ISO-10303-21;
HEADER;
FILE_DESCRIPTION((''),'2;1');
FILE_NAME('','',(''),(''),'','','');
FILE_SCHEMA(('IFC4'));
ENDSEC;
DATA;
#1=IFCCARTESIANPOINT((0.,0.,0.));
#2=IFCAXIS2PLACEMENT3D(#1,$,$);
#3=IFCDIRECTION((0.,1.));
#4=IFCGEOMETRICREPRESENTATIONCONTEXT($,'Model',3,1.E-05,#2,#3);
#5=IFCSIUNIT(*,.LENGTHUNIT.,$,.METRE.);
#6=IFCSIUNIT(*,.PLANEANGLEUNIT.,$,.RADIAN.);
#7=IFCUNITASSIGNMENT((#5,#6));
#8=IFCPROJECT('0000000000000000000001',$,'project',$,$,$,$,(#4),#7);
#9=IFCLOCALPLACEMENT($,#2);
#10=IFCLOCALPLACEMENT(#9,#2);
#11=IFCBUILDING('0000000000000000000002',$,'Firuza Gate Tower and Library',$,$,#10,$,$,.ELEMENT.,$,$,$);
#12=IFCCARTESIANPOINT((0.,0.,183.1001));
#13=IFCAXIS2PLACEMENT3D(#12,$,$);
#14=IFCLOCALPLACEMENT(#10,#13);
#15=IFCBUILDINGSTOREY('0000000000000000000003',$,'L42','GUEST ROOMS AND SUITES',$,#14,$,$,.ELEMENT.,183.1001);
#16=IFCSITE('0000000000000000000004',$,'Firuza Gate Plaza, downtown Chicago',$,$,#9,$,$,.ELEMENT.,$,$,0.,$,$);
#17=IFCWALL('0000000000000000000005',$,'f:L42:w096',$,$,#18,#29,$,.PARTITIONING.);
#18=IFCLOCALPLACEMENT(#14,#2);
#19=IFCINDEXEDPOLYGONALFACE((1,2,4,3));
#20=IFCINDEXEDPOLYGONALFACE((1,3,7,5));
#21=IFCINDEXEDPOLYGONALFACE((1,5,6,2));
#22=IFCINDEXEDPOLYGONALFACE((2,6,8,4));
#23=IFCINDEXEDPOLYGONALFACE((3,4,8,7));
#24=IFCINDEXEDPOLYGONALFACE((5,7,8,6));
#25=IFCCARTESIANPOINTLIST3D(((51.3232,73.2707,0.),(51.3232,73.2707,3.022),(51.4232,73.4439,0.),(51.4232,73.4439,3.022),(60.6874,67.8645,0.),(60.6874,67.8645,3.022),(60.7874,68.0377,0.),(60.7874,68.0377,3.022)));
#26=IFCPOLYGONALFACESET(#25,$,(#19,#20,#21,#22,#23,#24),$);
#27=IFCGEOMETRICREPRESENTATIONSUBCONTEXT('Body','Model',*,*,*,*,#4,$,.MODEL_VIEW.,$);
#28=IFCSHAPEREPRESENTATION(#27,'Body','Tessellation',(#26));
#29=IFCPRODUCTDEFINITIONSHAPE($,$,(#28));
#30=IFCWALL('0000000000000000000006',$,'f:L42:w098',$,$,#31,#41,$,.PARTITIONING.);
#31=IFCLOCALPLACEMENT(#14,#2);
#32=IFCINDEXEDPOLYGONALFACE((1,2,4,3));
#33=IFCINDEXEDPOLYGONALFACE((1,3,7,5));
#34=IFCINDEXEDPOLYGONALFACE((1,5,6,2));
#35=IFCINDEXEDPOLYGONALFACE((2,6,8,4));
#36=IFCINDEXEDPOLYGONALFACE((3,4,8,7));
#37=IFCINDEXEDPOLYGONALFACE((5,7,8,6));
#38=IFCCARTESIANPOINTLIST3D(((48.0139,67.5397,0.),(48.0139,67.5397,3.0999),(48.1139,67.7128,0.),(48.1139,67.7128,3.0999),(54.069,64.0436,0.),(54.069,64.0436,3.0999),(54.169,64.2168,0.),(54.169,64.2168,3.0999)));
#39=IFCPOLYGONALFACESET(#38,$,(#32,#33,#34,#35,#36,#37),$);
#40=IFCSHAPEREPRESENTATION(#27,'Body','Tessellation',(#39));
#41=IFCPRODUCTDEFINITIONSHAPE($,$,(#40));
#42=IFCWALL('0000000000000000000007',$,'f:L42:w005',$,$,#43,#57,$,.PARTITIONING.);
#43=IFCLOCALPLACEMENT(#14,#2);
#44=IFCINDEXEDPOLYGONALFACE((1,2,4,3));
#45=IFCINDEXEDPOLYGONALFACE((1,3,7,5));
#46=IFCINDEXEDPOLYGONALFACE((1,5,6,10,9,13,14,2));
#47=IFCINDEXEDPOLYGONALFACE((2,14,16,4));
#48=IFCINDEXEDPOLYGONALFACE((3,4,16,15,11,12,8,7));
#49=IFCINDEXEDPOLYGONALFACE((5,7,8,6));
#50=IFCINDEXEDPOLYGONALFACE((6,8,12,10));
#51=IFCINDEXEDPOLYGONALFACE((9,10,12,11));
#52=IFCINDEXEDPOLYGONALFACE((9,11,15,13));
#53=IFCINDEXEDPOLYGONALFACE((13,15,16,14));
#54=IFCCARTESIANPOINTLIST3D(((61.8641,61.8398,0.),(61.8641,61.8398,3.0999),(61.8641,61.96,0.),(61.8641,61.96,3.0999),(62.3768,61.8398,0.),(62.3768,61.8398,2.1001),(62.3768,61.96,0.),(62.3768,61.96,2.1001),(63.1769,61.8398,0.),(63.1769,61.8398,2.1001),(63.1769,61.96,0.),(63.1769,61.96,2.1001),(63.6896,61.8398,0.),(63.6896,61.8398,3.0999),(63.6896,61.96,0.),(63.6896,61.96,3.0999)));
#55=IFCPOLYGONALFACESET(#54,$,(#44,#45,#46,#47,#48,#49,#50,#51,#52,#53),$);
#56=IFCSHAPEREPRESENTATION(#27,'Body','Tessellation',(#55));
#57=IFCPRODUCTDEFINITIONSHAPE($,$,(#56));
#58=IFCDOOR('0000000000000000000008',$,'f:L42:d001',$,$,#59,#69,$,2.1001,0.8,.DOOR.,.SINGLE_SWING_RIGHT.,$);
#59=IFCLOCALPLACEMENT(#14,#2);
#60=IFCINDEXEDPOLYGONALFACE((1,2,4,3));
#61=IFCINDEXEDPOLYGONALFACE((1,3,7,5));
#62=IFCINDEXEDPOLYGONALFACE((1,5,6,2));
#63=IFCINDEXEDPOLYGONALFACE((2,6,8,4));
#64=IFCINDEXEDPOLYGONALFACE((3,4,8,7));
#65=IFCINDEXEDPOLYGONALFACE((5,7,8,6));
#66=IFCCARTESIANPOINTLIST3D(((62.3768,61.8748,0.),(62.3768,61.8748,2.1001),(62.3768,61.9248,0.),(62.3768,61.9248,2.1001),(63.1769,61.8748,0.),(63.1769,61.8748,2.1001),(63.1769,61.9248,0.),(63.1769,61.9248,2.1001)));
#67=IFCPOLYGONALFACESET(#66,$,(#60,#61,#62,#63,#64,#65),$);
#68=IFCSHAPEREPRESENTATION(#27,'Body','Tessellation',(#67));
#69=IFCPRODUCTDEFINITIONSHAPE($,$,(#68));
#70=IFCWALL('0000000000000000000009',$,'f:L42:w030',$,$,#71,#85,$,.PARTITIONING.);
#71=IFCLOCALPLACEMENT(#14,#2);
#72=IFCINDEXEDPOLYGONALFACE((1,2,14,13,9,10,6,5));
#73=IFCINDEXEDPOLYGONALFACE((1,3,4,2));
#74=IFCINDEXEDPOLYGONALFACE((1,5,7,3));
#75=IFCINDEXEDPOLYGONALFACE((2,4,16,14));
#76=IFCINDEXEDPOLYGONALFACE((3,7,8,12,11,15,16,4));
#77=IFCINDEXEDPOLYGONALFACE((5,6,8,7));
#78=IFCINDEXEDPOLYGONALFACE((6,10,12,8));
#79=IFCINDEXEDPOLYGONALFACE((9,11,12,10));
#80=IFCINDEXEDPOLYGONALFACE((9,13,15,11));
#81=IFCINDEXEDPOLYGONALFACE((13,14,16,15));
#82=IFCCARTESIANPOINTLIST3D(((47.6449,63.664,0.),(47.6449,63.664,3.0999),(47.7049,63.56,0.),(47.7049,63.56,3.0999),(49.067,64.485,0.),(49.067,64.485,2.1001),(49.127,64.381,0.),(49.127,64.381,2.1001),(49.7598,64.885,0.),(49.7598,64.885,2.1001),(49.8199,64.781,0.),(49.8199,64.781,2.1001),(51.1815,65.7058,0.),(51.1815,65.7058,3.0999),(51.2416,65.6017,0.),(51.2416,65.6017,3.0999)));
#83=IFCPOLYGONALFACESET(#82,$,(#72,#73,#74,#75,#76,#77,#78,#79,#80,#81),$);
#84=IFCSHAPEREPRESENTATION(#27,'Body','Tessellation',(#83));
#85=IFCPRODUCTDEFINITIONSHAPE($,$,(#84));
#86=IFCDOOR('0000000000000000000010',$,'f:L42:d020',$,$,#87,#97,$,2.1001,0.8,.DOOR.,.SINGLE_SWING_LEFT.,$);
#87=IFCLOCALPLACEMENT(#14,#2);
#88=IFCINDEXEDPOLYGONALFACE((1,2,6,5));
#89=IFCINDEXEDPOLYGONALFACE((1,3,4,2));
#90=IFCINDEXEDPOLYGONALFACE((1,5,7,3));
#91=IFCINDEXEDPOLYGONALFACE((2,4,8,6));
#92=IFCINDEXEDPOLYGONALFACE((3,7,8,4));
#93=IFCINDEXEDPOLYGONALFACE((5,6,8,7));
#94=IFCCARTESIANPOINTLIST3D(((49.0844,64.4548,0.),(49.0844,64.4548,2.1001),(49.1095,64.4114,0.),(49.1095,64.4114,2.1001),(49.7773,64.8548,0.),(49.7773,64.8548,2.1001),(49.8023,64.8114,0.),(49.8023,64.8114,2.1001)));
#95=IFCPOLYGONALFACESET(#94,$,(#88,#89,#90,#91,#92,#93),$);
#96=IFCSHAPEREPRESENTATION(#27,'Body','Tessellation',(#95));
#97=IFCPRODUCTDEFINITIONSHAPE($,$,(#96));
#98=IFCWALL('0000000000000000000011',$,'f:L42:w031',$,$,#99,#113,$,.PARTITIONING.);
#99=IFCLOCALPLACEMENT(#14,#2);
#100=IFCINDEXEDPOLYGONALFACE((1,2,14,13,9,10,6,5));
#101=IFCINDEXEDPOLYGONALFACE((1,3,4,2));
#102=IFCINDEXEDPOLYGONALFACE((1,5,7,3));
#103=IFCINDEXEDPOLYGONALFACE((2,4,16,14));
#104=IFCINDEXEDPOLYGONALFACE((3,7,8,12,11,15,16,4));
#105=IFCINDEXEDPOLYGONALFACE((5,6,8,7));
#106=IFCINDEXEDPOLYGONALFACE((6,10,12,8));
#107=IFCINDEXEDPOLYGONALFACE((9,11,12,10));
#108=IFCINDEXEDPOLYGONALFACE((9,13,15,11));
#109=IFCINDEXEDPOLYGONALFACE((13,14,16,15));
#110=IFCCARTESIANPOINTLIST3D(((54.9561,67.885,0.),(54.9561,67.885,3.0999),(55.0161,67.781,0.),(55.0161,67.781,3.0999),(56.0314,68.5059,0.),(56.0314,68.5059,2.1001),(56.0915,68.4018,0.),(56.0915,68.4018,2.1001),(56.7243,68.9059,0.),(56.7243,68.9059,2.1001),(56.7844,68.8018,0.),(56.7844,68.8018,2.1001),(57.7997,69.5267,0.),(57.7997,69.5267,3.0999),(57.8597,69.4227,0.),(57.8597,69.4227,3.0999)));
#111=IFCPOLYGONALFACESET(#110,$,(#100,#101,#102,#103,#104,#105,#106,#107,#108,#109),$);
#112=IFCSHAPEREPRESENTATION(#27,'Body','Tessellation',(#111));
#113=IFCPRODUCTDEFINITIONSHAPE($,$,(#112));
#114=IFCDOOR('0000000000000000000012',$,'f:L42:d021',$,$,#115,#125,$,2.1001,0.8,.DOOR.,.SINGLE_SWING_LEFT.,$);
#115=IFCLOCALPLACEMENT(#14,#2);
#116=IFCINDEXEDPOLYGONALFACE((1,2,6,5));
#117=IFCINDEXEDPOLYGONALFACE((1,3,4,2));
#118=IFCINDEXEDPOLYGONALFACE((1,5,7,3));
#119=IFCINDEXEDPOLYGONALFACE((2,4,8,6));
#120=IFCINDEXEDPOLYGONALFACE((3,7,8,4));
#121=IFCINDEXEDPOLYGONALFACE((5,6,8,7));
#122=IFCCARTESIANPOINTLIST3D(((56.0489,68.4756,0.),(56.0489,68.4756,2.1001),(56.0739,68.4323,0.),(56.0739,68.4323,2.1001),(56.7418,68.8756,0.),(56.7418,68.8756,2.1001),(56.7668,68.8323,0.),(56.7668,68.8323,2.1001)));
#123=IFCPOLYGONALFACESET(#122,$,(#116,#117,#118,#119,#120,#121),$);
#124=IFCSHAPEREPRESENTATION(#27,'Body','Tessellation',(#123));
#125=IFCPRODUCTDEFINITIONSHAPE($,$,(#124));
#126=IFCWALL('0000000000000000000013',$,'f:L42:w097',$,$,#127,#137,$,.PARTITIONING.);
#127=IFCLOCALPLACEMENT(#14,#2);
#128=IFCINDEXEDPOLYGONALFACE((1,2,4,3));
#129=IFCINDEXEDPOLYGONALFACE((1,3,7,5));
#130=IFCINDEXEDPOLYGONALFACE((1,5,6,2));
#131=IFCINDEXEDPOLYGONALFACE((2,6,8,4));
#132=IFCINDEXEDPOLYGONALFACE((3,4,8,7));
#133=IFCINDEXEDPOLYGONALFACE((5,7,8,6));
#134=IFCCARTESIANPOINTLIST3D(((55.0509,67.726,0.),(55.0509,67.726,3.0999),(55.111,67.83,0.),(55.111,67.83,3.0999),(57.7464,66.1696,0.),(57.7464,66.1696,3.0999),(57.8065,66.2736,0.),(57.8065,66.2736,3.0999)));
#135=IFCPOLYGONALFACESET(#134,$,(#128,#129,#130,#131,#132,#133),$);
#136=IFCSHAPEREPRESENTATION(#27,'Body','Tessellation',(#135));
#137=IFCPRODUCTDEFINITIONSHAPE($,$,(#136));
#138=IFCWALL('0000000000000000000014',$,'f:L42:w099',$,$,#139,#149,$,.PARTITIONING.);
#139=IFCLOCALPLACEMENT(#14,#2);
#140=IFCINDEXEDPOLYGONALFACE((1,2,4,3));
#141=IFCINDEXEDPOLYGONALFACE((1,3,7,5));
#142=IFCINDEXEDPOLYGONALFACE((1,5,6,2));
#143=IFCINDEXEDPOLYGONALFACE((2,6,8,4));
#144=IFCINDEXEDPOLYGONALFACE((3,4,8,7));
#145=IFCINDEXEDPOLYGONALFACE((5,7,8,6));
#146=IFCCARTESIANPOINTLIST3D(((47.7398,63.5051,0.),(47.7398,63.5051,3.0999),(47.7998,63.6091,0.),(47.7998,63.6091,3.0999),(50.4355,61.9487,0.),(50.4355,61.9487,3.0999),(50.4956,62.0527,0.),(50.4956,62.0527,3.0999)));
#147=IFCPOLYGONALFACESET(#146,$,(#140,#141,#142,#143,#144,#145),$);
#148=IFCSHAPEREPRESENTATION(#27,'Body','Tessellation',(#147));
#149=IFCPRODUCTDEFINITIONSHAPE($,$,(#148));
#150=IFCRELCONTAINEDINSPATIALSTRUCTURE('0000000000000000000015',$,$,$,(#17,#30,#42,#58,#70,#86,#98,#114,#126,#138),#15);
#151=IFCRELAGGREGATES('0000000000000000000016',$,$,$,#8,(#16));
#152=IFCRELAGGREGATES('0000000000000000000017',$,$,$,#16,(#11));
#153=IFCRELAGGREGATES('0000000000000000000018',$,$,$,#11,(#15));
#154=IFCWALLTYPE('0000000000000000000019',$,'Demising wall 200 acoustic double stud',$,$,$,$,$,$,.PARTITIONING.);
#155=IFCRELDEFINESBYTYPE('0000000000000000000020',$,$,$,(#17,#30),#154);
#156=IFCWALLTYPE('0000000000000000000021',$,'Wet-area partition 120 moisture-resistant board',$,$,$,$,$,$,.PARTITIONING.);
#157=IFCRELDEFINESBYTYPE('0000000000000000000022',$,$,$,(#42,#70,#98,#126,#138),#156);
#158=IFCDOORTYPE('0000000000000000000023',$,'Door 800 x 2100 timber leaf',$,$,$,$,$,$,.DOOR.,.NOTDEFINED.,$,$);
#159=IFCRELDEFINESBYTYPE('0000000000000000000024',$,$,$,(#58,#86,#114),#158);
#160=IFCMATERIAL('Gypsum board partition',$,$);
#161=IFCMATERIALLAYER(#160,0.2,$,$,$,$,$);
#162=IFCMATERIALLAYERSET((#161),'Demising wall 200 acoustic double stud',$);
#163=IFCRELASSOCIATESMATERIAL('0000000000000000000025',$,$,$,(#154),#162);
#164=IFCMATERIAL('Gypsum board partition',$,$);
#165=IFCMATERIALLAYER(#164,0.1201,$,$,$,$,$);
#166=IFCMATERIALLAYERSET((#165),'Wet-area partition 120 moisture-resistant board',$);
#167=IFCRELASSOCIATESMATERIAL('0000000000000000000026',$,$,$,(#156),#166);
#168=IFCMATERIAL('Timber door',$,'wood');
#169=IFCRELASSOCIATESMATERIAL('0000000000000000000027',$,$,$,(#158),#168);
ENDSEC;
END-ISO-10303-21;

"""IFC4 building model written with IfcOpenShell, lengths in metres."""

from ifc_helpers import new_model, si_unit, direction, frame, frame_2d, origin, place, context, subcontext, project, spatial, rectangle, extrude, material, layer, layer_set, type_object, element, fill, save


model = new_model("IFC4")

# Units and contexts
model_context = context("Model", 3, precision=1e-05, world=origin(), true_north=direction((0.0, 1.0)))
body_context = subcontext(model_context, "Body", "Model", "MODEL_VIEW")
ifc_project = project(units=[si_unit("LENGTHUNIT", "METRE"), si_unit("PLANEANGLEUNIT", "RADIAN")], contexts=[model_context])

# Site, building, storey
site_placement = place(None, origin())
site = spatial("IfcSite", under=ifc_project, at=site_placement, Name="Firuza Gate Plaza, downtown Chicago", CompositionType="ELEMENT", RefElevation=0.0)
building_placement = place(site_placement, origin())
building = spatial("IfcBuilding", under=site, at=building_placement, Name="Firuza Gate Tower and Library", CompositionType="ELEMENT")
storey_placement = place(building_placement, frame((0.0, 0.0, 183.1001)))
storey = spatial("IfcBuildingStorey", under=building, at=storey_placement, Name="L42", Description="GUEST ROOMS AND SUITES", CompositionType="ELEMENT", Elevation=183.1001)

# Walls
ifc_material_1 = material(Name="Gypsum board partition")
ifc_layer_1 = layer(ifc_material_1, 0.2)
ifc_layer_set_1 = layer_set([ifc_layer_1], Name="Demising wall 200 acoustic double stud")
wall_type_1 = type_object("IfcWallType", Name="Demising wall 200 acoustic double stud", PredefinedType="PARTITIONING", material=ifc_layer_set_1)
wall_1_placement = place(storey_placement, frame((60.7373, 67.9512, 0.0), z_axis=(0.0, 0.0, 1.0), x_axis=(-0.866034, 0.499986, 0.0)))
element("IfcWall", 1, at=wall_1_placement, inside=storey, type_object=wall_type_1, Name="f:L42:w096", PredefinedType="PARTITIONING", context=body_context, shape_type="SweptSolid", body=[
    extrude(rectangle(XDim=10.8127, YDim=0.2, at=frame_2d((5.4062, 0.0))), origin(), (0.0, 0.0, 1.0), 3.022),
])
wall_2_placement = place(storey_placement, frame((54.1191, 64.1301, 0.0), z_axis=(0.0, 0.0, 1.0), x_axis=(-0.866017, 0.500015, 0.0)))
element("IfcWall", 2, at=wall_2_placement, inside=storey, type_object=wall_type_1, Name="f:L42:w098", PredefinedType="PARTITIONING", context=body_context, shape_type="SweptSolid", body=[
    extrude(rectangle(XDim=6.9919, YDim=0.2, at=frame_2d((3.4961, 0.0))), origin(), (0.0, 0.0, 1.0), 3.0999),
])

# Walls, openings, doors
ifc_material_2 = material(Name="Gypsum board partition")
ifc_layer_2 = layer(ifc_material_2, 0.1201)
ifc_layer_set_2 = layer_set([ifc_layer_2], Name="Wet-area partition 120 moisture-resistant board")
wall_type_2 = type_object("IfcWallType", Name="Wet-area partition 120 moisture-resistant board", PredefinedType="PARTITIONING", material=ifc_layer_set_2)
wall_3_placement = place(storey_placement, frame((61.8643, 61.8999, 0.0), z_axis=(0.0, 0.0, 1.0), x_axis=(1.0, 0.0, 0.0)))
wall_3 = element("IfcWall", 3, at=wall_3_placement, inside=storey, type_object=wall_type_2, Name="f:L42:w005", PredefinedType="PARTITIONING", context=body_context, shape_type="SweptSolid", body=[
    extrude(rectangle(XDim=1.8254, YDim=0.1201, at=frame_2d((0.9126, 0.0))), origin(), (0.0, 0.0, 1.0), 3.0999),
])
opening_1_placement = place(wall_3_placement, frame((0.5127, 0.0, 0.0)))
opening_1 = element("IfcOpeningElement", 4, at=opening_1_placement, cuts=wall_3, PredefinedType="OPENING", context=body_context, shape_type="SweptSolid", body=[
    extrude(rectangle(XDim=0.8, YDim=2.1001, at=frame_2d((0.3999, 1.05))), frame((0.0, 0.0701, 0.0), z_axis=(0.0, -1.0, 0.0), x_axis=(1.0, 0.0, 0.0)), (0.0, 0.0, 1.0), 0.1401),
])
ifc_material_3 = material(Name="Timber door", Category="wood")
door_type = type_object("IfcDoorType", Name="Door 800 x 2100 timber leaf", OperationType="NOTDEFINED", PredefinedType="DOOR", material=ifc_material_3)
door_1_placement = place(opening_1_placement, origin())
door_1 = element("IfcDoor", 5, at=door_1_placement, inside=storey, type_object=door_type, Name="f:L42:d001", OperationType="SINGLE_SWING_RIGHT", OverallHeight=2.1001, OverallWidth=0.8, PredefinedType="DOOR", context=body_context, shape_type="SweptSolid", body=[
    extrude(rectangle(XDim=0.8, YDim=2.1001, at=frame_2d((0.3999, 1.05))), frame((0.0, 0.0249, 0.0), z_axis=(0.0, -1.0, 0.0), x_axis=(1.0, 0.0, 0.0)), (0.0, 0.0, 1.0), 0.05),
])
fill(opening_1, door_1)
wall_4_placement = place(storey_placement, frame((51.2117, 65.6538, 0.0), z_axis=(0.0, 0.0, 1.0), x_axis=(-0.866038, -0.499978, 0.0)))
wall_4 = element("IfcWall", 6, at=wall_4_placement, inside=storey, type_object=wall_type_2, Name="f:L42:w030", PredefinedType="PARTITIONING", context=body_context, shape_type="SweptSolid", body=[
    extrude(rectangle(XDim=4.0837, YDim=0.1201, at=frame_2d((2.042, 0.0))), origin(), (0.0, 0.0, 1.0), 3.0999),
])
opening_2_placement = place(wall_4_placement, frame((1.6418, 0.0, 0.0)))
opening_2 = element("IfcOpeningElement", 7, at=opening_2_placement, cuts=wall_4, PredefinedType="OPENING", context=body_context, shape_type="SweptSolid", body=[
    extrude(rectangle(XDim=0.8, YDim=2.1001, at=frame_2d((0.3999, 1.05))), frame((0.0, 0.0701, 0.0), z_axis=(0.0, -1.0, 0.0), x_axis=(1.0, 0.0, 0.0)), (0.0, 0.0, 1.0), 0.1401),
])
door_2_placement = place(opening_2_placement, origin())
door_2 = element("IfcDoor", 8, at=door_2_placement, inside=storey, type_object=door_type, Name="f:L42:d020", OperationType="SINGLE_SWING_LEFT", OverallHeight=2.1001, OverallWidth=0.8, PredefinedType="DOOR", context=body_context, shape_type="SweptSolid", body=[
    extrude(rectangle(XDim=0.8, YDim=2.1001, at=frame_2d((0.3999, 1.05))), frame((0.0, 0.0249, 0.0), z_axis=(0.0, -1.0, 0.0), x_axis=(1.0, 0.0, 0.0)), (0.0, 0.0, 1.0), 0.05),
])
fill(opening_2, door_2)
wall_5_placement = place(storey_placement, frame((57.8296, 69.4746, 0.0), z_axis=(0.0, 0.0, 1.0), x_axis=(-0.866038, -0.499978, 0.0)))
wall_5 = element("IfcWall", 9, at=wall_5_placement, inside=storey, type_object=wall_type_2, Name="f:L42:w031", PredefinedType="PARTITIONING", context=body_context, shape_type="SweptSolid", body=[
    extrude(rectangle(XDim=3.2834, YDim=0.1201, at=frame_2d((1.6416, 0.0))), origin(), (0.0, 0.0, 1.0), 3.0999),
])
opening_3_placement = place(wall_5_placement, frame((1.2417, 0.0, 0.0)))
opening_3 = element("IfcOpeningElement", 10, at=opening_3_placement, cuts=wall_5, PredefinedType="OPENING", context=body_context, shape_type="SweptSolid", body=[
    extrude(rectangle(XDim=0.8, YDim=2.1001, at=frame_2d((0.3999, 1.05))), frame((0.0, 0.0701, 0.0), z_axis=(0.0, -1.0, 0.0), x_axis=(1.0, 0.0, 0.0)), (0.0, 0.0, 1.0), 0.1401),
])
door_3_placement = place(opening_3_placement, origin())
door_3 = element("IfcDoor", 11, at=door_3_placement, inside=storey, type_object=door_type, Name="f:L42:d021", OperationType="SINGLE_SWING_LEFT", OverallHeight=2.1001, OverallWidth=0.8, PredefinedType="DOOR", context=body_context, shape_type="SweptSolid", body=[
    extrude(rectangle(XDim=0.8, YDim=2.1001, at=frame_2d((0.3999, 1.05))), frame((0.0, 0.0249, 0.0), z_axis=(0.0, -1.0, 0.0), x_axis=(1.0, 0.0, 0.0)), (0.0, 0.0, 1.0), 0.05),
])
fill(opening_3, door_3)

# Walls
wall_6_placement = place(storey_placement, frame((57.7764, 66.2217, 0.0), z_axis=(0.0, 0.0, 1.0), x_axis=(-0.866009, 0.500028, 0.0)))
element("IfcWall", 12, at=wall_6_placement, inside=storey, type_object=wall_type_2, Name="f:L42:w097", PredefinedType="PARTITIONING", context=body_context, shape_type="SweptSolid", body=[
    extrude(rectangle(XDim=3.1125, YDim=0.1201, at=frame_2d((1.5562, 0.0))), origin(), (0.0, 0.0, 1.0), 3.0999),
])
wall_7_placement = place(storey_placement, frame((50.4656, 62.0007, 0.0), z_axis=(0.0, 0.0, 1.0), x_axis=(-0.866029, 0.499994, 0.0)))
element("IfcWall", 13, at=wall_7_placement, inside=storey, type_object=wall_type_2, Name="f:L42:w099", PredefinedType="PARTITIONING", context=body_context, shape_type="SweptSolid", body=[
    extrude(rectangle(XDim=3.1128, YDim=0.1201, at=frame_2d((1.5564, 0.0))), origin(), (0.0, 0.0, 1.0), 3.0999),
])

save(model, "model.ifc")
